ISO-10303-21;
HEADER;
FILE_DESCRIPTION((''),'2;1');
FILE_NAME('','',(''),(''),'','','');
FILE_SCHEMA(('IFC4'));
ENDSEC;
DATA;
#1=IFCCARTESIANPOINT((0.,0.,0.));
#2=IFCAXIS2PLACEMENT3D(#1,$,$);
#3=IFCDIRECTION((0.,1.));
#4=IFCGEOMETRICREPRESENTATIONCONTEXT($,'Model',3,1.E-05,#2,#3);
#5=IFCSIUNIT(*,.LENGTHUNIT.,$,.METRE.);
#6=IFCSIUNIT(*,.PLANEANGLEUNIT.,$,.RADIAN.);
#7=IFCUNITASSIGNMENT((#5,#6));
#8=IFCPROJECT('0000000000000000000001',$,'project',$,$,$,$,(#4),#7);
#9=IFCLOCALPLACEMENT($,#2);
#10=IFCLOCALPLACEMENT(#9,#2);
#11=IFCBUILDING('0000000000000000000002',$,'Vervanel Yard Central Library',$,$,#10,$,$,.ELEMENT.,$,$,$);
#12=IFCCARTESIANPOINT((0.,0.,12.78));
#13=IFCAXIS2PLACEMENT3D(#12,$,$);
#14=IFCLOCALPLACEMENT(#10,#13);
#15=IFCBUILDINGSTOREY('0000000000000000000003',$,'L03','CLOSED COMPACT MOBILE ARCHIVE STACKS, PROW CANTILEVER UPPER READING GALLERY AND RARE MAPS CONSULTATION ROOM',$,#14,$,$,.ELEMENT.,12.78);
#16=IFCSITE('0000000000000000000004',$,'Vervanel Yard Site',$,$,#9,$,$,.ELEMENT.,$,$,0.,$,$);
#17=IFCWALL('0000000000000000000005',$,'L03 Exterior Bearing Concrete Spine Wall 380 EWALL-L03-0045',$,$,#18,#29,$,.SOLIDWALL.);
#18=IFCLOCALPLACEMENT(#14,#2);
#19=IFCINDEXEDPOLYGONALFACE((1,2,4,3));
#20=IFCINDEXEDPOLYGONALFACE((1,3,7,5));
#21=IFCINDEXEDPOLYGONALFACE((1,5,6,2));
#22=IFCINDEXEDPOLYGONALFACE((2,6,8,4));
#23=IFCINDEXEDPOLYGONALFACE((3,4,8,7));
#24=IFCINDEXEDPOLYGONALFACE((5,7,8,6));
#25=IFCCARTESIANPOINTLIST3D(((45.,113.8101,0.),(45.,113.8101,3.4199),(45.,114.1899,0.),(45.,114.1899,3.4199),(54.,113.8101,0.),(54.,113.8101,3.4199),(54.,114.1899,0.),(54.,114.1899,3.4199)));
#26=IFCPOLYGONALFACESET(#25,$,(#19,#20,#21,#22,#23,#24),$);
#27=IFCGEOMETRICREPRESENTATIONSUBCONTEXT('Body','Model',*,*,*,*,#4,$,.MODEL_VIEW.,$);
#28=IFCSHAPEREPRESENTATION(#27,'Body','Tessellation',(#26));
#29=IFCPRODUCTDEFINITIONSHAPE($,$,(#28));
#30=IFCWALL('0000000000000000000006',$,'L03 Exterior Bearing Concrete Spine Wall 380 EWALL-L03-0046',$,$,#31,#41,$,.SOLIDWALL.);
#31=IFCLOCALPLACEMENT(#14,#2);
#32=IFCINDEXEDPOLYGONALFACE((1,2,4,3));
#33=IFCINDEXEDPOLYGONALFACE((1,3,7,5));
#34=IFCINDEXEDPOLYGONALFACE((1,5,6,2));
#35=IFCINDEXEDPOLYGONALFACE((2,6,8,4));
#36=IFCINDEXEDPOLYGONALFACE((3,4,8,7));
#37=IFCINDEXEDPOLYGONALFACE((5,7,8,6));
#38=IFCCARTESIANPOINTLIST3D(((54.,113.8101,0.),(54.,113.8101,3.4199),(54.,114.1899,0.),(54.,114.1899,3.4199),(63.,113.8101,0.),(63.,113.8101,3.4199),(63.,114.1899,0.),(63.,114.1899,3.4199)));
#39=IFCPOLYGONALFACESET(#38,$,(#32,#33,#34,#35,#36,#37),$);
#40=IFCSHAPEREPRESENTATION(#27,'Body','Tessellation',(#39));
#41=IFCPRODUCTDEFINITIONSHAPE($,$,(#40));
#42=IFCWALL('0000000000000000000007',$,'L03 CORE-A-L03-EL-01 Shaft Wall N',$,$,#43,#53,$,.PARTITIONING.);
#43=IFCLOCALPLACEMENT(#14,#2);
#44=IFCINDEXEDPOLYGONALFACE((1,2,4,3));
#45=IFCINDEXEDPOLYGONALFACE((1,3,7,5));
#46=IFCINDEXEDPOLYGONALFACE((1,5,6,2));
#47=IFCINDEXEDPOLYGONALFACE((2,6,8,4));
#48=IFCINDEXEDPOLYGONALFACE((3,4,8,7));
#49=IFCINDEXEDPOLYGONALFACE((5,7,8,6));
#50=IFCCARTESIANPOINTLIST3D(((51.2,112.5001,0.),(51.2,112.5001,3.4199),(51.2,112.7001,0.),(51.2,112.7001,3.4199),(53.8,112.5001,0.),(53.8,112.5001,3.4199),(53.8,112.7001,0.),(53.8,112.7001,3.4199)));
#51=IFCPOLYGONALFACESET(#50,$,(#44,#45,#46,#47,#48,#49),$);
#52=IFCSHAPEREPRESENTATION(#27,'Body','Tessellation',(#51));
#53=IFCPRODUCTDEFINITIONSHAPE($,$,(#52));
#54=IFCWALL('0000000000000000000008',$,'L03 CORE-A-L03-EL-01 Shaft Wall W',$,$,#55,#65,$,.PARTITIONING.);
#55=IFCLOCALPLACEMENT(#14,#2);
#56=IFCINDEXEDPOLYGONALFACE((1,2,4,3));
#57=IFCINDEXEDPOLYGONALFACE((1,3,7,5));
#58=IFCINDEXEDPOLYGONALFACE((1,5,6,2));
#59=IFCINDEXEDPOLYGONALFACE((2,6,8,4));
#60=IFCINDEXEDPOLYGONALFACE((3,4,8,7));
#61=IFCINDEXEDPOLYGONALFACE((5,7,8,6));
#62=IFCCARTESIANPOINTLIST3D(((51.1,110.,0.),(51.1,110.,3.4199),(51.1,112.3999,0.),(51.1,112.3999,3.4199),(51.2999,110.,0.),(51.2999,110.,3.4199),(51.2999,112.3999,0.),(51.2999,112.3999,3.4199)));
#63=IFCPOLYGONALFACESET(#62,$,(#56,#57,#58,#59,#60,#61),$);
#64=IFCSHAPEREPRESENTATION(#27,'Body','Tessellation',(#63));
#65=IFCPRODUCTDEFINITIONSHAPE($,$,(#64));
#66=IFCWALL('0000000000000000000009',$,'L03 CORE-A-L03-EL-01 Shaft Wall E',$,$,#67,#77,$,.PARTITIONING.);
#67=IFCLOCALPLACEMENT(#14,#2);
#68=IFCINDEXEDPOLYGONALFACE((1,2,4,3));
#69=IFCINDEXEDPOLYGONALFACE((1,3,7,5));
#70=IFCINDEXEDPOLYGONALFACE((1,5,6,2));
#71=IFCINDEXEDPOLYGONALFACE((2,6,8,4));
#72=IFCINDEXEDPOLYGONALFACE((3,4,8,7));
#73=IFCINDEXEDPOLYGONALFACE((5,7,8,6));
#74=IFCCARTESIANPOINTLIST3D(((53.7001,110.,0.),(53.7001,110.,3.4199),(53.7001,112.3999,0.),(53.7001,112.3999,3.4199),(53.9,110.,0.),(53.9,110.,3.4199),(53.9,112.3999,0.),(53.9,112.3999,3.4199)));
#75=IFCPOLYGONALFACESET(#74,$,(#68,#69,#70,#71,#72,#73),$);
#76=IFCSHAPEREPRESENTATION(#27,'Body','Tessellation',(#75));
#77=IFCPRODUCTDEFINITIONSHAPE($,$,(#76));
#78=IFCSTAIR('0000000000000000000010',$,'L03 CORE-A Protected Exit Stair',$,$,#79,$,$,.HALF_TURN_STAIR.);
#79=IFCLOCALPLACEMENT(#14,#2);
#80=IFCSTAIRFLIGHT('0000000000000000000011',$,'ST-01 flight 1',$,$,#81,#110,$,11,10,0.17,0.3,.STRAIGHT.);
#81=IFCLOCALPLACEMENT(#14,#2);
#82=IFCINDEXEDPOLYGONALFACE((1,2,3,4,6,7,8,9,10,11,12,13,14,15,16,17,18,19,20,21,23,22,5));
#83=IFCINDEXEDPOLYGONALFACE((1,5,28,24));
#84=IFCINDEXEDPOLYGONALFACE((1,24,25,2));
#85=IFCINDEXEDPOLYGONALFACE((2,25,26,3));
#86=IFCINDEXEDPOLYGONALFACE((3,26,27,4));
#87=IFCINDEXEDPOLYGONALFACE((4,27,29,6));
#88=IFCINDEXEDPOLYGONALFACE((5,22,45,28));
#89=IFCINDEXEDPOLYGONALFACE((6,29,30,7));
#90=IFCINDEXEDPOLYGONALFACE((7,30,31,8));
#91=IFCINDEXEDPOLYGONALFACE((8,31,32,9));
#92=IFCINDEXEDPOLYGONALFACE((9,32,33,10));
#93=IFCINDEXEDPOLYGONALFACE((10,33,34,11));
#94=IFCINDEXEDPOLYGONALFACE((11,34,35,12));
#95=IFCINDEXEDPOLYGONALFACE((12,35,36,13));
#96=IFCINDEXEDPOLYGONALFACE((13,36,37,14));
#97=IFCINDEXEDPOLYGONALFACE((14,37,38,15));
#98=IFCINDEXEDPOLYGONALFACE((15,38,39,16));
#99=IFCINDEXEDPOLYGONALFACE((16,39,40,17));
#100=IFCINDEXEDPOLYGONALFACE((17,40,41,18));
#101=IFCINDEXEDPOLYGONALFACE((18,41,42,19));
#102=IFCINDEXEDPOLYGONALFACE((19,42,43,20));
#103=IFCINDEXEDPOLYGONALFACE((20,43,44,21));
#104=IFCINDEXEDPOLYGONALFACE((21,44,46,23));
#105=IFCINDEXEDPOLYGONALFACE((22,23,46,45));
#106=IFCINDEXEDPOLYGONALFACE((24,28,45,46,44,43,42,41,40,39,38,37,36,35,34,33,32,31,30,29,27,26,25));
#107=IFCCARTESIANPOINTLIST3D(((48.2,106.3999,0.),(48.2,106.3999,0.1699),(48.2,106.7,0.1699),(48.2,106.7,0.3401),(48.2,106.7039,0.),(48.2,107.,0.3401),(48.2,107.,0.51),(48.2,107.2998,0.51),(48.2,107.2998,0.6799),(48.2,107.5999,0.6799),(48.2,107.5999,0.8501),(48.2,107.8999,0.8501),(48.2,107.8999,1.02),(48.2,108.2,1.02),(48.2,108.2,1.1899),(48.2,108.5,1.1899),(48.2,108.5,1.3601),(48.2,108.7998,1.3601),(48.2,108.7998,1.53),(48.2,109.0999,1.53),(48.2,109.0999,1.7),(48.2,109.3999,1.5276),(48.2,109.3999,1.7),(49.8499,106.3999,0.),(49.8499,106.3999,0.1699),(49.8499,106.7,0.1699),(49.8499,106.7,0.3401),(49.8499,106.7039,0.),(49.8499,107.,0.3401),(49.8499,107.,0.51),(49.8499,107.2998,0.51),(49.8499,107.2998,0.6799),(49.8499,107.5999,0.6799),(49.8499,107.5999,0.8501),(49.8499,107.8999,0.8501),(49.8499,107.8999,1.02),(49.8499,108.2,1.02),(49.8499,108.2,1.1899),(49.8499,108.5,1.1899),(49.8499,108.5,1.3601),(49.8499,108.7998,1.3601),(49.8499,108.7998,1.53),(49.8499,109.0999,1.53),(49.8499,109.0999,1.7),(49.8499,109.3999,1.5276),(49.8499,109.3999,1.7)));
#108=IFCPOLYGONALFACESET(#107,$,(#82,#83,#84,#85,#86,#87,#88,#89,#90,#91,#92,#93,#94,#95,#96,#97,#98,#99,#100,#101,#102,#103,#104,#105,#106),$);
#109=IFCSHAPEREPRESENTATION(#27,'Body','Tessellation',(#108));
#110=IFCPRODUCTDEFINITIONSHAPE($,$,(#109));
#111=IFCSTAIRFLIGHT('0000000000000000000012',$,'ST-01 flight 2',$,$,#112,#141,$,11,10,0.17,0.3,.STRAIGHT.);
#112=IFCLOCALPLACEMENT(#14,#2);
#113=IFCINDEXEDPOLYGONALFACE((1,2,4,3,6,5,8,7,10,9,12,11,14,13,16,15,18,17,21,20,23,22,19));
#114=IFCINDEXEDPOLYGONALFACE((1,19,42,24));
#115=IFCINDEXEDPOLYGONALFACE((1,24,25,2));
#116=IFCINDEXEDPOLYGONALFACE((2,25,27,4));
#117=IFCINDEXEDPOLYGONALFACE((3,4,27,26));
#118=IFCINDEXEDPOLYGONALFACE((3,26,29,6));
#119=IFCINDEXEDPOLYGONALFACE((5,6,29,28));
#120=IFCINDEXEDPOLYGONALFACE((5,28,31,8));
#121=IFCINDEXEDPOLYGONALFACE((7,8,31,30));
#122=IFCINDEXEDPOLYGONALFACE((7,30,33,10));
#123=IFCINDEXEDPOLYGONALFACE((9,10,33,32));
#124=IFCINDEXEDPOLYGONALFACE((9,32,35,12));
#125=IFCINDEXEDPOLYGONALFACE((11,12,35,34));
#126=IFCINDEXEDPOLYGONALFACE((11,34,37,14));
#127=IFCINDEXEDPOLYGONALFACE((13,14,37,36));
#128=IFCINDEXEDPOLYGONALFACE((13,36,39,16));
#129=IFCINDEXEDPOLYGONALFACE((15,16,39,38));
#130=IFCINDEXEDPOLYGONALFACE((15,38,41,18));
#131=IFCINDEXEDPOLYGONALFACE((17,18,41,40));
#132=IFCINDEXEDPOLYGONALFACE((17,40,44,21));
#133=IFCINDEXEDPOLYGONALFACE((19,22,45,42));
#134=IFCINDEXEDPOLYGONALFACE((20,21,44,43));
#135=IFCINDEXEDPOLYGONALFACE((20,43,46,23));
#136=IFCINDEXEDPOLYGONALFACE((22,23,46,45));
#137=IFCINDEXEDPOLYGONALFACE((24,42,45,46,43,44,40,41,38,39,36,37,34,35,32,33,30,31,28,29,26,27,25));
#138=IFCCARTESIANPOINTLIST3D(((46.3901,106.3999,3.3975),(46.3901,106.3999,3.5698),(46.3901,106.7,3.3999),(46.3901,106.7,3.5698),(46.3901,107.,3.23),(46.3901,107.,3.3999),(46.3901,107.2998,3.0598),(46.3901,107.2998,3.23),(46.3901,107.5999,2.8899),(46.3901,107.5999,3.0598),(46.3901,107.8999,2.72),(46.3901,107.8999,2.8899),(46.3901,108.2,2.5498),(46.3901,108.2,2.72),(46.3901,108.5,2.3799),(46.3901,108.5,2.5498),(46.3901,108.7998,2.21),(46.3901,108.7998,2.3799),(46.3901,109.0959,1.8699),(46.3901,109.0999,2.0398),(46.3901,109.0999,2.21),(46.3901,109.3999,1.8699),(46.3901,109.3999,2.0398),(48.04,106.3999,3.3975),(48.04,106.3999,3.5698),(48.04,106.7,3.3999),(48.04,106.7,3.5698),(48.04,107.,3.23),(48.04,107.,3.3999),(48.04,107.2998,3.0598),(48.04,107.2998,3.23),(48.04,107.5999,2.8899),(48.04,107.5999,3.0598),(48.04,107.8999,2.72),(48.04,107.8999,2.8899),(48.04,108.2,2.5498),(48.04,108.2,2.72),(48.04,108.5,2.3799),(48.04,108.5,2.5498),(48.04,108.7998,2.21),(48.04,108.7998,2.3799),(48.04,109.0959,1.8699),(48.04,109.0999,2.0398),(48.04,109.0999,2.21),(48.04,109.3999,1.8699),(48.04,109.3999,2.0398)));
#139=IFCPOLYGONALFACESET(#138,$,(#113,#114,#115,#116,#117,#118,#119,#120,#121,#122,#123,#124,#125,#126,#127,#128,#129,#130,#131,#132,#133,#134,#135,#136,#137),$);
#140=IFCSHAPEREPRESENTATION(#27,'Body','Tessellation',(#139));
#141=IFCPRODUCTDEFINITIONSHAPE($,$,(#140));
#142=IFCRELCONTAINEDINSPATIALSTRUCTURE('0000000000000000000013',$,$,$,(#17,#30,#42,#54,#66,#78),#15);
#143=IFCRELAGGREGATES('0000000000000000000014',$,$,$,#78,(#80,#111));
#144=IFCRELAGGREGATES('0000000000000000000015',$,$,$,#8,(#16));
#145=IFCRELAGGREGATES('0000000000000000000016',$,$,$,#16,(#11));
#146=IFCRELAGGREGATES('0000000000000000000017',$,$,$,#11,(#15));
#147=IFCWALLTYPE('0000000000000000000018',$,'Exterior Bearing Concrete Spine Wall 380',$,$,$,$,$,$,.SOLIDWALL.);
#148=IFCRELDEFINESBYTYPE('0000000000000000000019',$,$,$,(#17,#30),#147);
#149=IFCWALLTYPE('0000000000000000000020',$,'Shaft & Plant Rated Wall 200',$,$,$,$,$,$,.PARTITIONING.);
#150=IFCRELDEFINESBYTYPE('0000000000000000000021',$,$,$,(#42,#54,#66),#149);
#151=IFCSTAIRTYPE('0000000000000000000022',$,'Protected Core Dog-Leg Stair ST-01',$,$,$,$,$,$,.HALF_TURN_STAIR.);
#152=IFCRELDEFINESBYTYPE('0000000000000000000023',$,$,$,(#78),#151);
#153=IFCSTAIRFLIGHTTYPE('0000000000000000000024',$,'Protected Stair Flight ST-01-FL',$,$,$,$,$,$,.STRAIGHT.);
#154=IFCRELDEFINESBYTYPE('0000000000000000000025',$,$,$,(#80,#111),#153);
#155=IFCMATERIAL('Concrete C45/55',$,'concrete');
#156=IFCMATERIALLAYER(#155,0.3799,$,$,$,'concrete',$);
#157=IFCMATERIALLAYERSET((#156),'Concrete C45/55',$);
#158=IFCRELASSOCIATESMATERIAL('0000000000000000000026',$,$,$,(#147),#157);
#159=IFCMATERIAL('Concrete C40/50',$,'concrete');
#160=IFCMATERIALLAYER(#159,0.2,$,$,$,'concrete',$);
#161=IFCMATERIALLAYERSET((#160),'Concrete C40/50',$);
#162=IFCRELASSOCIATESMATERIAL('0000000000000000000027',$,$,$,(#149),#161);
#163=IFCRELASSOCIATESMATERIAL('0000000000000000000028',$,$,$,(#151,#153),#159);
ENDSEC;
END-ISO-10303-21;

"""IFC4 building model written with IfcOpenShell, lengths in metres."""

from ifc_helpers import new_model, si_unit, direction, frame, frame_2d, origin, place, context, subcontext, project, spatial, polyline, rectangle, outline, extrude, material, layer, layer_set, type_object, element, aggregate, save


model = new_model("IFC4")

# Units and contexts
model_context = context("Model", 3, precision=1e-05, world=origin(), true_north=direction((0.0, 1.0)))
body_context = subcontext(model_context, "Body", "Model", "MODEL_VIEW")
ifc_project = project(units=[si_unit("LENGTHUNIT", "METRE"), si_unit("PLANEANGLEUNIT", "RADIAN")], contexts=[model_context])

# Site, building, storey
site_placement = place(None, origin())
site = spatial("IfcSite", under=ifc_project, at=site_placement, Name="Vervanel Yard Site", CompositionType="ELEMENT", RefElevation=0.0)
building_placement = place(site_placement, origin())
building = spatial("IfcBuilding", under=site, at=building_placement, Name="Vervanel Yard Central Library", CompositionType="ELEMENT")
storey_placement = place(building_placement, frame((0.0, 0.0, 12.78)))
storey = spatial("IfcBuildingStorey", under=building, at=storey_placement, Name="L03", Description="CLOSED COMPACT MOBILE ARCHIVE STACKS, PROW CANTILEVER UPPER READING GALLERY AND RARE MAPS CONSULTATION ROOM", CompositionType="ELEMENT", Elevation=12.78)

# Shared definitions
ifc_material_1 = material(Name="Concrete C40/50", Category="concrete")

# Shared definitions
ifc_material_2 = material(Name="Concrete C45/55", Category="concrete")

# Walls
ifc_layer_1 = layer(ifc_material_2, 0.3799, Category="concrete")
ifc_layer_set_1 = layer_set([ifc_layer_1], Name="Concrete C45/55")
wall_type_1 = type_object("IfcWallType", Name="Exterior Bearing Concrete Spine Wall 380", PredefinedType="SOLIDWALL", material=ifc_layer_set_1)
for number, where, z_axis, x_axis, name in (
    (1, (45.0, 114.0, 0.0), (0.0, 0.0, 1.0), (1.0, 0.0, 0.0), "L03 Exterior Bearing Concrete Spine Wall 380 EWALL-L03-0045"),
    (2, (54.0, 114.0, 0.0), (0.0, 0.0, 1.0), (1.0, 0.0, 0.0), "L03 Exterior Bearing Concrete Spine Wall 380 EWALL-L03-0046"),
):
    element("IfcWall", number, at=place(storey_placement, frame(where, z_axis=z_axis, x_axis=x_axis)), inside=storey, type_object=wall_type_1, Name=name, PredefinedType="SOLIDWALL", context=body_context, shape_type="SweptSolid", body=[
        extrude(rectangle(XDim=9.0, YDim=0.3799, at=frame_2d((4.5, 0.0))), origin(), (0.0, 0.0, 1.0), 3.4199),
    ])

# Shared definitions
ifc_layer_2 = layer(ifc_material_1, 0.2, Category="concrete")
ifc_layer_set_2 = layer_set([ifc_layer_2], Name="Concrete C40/50")
wall_type_2 = type_object("IfcWallType", Name="Shaft & Plant Rated Wall 200", PredefinedType="PARTITIONING", material=ifc_layer_set_2)

# Walls
wall_1_placement = place(storey_placement, frame((51.2, 112.6001, 0.0), z_axis=(0.0, 0.0, 1.0), x_axis=(1.0, 0.0, 0.0)))
element("IfcWall", 3, at=wall_1_placement, inside=storey, type_object=wall_type_2, Name="L03 CORE-A-L03-EL-01 Shaft Wall N", PredefinedType="PARTITIONING", context=body_context, shape_type="SweptSolid", body=[
    extrude(rectangle(XDim=2.6001, YDim=0.2, at=frame_2d((1.3, 0.0))), origin(), (0.0, 0.0, 1.0), 3.4199),
])
for number, where, z_axis, x_axis, name in (
    (4, (51.2, 110.0, 0.0), (0.0, 0.0, 1.0), (0.0, 1.0, 0.0), "L03 CORE-A-L03-EL-01 Shaft Wall W"),
    (5, (53.8, 110.0, 0.0), (0.0, 0.0, 1.0), (0.0, 1.0, 0.0), "L03 CORE-A-L03-EL-01 Shaft Wall E"),
):
    element("IfcWall", number, at=place(storey_placement, frame(where, z_axis=z_axis, x_axis=x_axis)), inside=storey, type_object=wall_type_2, Name=name, PredefinedType="PARTITIONING", context=body_context, shape_type="SweptSolid", body=[
        extrude(rectangle(XDim=2.3999, YDim=0.2, at=frame_2d((1.2, 0.0))), origin(), (0.0, 0.0, 1.0), 3.4199),
    ])

# Stair, stair flights
stair_type = type_object("IfcStairType", Name="Protected Core Dog-Leg Stair ST-01", PredefinedType="HALF_TURN_STAIR", material=ifc_material_1)
stair_placement = place(storey_placement, origin())
stair = element("IfcStair", 6, at=stair_placement, inside=storey, type_object=stair_type, Name="L03 CORE-A Protected Exit Stair", PredefinedType="HALF_TURN_STAIR")
stair_flight_type = type_object("IfcStairFlightType", Name="Protected Stair Flight ST-01-FL", PredefinedType="STRAIGHT", material=ifc_material_1)
stair_flight_1_placement = place(storey_placement, frame((49.0249, 106.3999, 0.0), z_axis=(0.0, 0.0, 1.0), x_axis=(0.0, 1.0, 0.0)))
stair_flight_1 = element("IfcStairFlight", 7, at=stair_flight_1_placement, type_object=stair_flight_type, Name="ST-01 flight 1", NumberOfRisers=11, NumberOfTreads=10, PredefinedType="STRAIGHT", RiserHeight=0.17, TreadLength=0.3, context=body_context, shape_type="SweptSolid", body=[
    extrude(outline(polyline([(0.0, 0.0), (0.0, 0.1699), (0.3, 0.1699), (0.3, 0.3401), (0.6001, 0.3401), (0.6001, 0.51), (0.8999, 0.51), (0.8999, 0.6799), (1.2, 0.6799), (1.2, 0.8501), (1.5, 0.8501), (1.5, 1.02), (1.8, 1.02), (1.8, 1.1899), (2.1001, 1.1899), (2.1001, 1.3601), (2.3999, 1.3601), (2.3999, 1.53), (2.7, 1.53), (2.7, 1.7), (3.0, 1.7), (3.0, 1.8701), (3.0, 1.5276), (0.304, 0.0), (0.0, 0.0)])), frame((0.0, 0.825, 0.0), z_axis=(0.0, -1.0, 0.0), x_axis=(1.0, 0.0, 0.0)), (0.0, 0.0, 1.0), 1.6499),
])
stair_flight_2_placement = place(storey_placement, frame((47.2151, 109.3999, 1.8699), z_axis=(0.0, 0.0, 1.0), x_axis=(0.0, -1.0, 0.0)))
stair_flight_2 = element("IfcStairFlight", 8, at=stair_flight_2_placement, type_object=stair_flight_type, Name="ST-01 flight 2", NumberOfRisers=11, NumberOfTreads=10, PredefinedType="STRAIGHT", RiserHeight=0.17, TreadLength=0.3, context=body_context, shape_type="SweptSolid", body=[
    extrude(outline(polyline([(0.0, 0.0), (0.0, 0.1699), (0.3, 0.1699), (0.3, 0.3401), (0.6001, 0.3401), (0.6001, 0.51), (0.8999, 0.51), (0.8999, 0.6799), (1.2, 0.6799), (1.2, 0.8501), (1.5, 0.8501), (1.5, 1.02), (1.8, 1.02), (1.8, 1.1899), (2.1001, 1.1899), (2.1001, 1.3601), (2.3999, 1.3601), (2.3999, 1.53), (2.7, 1.53), (2.7, 1.7), (3.0, 1.7), (3.0, 1.8701), (3.0, 1.5276), (0.304, 0.0), (0.0, 0.0)])), frame((0.0, 0.825, 0.0), z_axis=(0.0, -1.0, 0.0), x_axis=(1.0, 0.0, 0.0)), (0.0, 0.0, 1.0), 1.6499),
])
aggregate(stair, [stair_flight_1, stair_flight_2])

save(model, "model.ifc")
